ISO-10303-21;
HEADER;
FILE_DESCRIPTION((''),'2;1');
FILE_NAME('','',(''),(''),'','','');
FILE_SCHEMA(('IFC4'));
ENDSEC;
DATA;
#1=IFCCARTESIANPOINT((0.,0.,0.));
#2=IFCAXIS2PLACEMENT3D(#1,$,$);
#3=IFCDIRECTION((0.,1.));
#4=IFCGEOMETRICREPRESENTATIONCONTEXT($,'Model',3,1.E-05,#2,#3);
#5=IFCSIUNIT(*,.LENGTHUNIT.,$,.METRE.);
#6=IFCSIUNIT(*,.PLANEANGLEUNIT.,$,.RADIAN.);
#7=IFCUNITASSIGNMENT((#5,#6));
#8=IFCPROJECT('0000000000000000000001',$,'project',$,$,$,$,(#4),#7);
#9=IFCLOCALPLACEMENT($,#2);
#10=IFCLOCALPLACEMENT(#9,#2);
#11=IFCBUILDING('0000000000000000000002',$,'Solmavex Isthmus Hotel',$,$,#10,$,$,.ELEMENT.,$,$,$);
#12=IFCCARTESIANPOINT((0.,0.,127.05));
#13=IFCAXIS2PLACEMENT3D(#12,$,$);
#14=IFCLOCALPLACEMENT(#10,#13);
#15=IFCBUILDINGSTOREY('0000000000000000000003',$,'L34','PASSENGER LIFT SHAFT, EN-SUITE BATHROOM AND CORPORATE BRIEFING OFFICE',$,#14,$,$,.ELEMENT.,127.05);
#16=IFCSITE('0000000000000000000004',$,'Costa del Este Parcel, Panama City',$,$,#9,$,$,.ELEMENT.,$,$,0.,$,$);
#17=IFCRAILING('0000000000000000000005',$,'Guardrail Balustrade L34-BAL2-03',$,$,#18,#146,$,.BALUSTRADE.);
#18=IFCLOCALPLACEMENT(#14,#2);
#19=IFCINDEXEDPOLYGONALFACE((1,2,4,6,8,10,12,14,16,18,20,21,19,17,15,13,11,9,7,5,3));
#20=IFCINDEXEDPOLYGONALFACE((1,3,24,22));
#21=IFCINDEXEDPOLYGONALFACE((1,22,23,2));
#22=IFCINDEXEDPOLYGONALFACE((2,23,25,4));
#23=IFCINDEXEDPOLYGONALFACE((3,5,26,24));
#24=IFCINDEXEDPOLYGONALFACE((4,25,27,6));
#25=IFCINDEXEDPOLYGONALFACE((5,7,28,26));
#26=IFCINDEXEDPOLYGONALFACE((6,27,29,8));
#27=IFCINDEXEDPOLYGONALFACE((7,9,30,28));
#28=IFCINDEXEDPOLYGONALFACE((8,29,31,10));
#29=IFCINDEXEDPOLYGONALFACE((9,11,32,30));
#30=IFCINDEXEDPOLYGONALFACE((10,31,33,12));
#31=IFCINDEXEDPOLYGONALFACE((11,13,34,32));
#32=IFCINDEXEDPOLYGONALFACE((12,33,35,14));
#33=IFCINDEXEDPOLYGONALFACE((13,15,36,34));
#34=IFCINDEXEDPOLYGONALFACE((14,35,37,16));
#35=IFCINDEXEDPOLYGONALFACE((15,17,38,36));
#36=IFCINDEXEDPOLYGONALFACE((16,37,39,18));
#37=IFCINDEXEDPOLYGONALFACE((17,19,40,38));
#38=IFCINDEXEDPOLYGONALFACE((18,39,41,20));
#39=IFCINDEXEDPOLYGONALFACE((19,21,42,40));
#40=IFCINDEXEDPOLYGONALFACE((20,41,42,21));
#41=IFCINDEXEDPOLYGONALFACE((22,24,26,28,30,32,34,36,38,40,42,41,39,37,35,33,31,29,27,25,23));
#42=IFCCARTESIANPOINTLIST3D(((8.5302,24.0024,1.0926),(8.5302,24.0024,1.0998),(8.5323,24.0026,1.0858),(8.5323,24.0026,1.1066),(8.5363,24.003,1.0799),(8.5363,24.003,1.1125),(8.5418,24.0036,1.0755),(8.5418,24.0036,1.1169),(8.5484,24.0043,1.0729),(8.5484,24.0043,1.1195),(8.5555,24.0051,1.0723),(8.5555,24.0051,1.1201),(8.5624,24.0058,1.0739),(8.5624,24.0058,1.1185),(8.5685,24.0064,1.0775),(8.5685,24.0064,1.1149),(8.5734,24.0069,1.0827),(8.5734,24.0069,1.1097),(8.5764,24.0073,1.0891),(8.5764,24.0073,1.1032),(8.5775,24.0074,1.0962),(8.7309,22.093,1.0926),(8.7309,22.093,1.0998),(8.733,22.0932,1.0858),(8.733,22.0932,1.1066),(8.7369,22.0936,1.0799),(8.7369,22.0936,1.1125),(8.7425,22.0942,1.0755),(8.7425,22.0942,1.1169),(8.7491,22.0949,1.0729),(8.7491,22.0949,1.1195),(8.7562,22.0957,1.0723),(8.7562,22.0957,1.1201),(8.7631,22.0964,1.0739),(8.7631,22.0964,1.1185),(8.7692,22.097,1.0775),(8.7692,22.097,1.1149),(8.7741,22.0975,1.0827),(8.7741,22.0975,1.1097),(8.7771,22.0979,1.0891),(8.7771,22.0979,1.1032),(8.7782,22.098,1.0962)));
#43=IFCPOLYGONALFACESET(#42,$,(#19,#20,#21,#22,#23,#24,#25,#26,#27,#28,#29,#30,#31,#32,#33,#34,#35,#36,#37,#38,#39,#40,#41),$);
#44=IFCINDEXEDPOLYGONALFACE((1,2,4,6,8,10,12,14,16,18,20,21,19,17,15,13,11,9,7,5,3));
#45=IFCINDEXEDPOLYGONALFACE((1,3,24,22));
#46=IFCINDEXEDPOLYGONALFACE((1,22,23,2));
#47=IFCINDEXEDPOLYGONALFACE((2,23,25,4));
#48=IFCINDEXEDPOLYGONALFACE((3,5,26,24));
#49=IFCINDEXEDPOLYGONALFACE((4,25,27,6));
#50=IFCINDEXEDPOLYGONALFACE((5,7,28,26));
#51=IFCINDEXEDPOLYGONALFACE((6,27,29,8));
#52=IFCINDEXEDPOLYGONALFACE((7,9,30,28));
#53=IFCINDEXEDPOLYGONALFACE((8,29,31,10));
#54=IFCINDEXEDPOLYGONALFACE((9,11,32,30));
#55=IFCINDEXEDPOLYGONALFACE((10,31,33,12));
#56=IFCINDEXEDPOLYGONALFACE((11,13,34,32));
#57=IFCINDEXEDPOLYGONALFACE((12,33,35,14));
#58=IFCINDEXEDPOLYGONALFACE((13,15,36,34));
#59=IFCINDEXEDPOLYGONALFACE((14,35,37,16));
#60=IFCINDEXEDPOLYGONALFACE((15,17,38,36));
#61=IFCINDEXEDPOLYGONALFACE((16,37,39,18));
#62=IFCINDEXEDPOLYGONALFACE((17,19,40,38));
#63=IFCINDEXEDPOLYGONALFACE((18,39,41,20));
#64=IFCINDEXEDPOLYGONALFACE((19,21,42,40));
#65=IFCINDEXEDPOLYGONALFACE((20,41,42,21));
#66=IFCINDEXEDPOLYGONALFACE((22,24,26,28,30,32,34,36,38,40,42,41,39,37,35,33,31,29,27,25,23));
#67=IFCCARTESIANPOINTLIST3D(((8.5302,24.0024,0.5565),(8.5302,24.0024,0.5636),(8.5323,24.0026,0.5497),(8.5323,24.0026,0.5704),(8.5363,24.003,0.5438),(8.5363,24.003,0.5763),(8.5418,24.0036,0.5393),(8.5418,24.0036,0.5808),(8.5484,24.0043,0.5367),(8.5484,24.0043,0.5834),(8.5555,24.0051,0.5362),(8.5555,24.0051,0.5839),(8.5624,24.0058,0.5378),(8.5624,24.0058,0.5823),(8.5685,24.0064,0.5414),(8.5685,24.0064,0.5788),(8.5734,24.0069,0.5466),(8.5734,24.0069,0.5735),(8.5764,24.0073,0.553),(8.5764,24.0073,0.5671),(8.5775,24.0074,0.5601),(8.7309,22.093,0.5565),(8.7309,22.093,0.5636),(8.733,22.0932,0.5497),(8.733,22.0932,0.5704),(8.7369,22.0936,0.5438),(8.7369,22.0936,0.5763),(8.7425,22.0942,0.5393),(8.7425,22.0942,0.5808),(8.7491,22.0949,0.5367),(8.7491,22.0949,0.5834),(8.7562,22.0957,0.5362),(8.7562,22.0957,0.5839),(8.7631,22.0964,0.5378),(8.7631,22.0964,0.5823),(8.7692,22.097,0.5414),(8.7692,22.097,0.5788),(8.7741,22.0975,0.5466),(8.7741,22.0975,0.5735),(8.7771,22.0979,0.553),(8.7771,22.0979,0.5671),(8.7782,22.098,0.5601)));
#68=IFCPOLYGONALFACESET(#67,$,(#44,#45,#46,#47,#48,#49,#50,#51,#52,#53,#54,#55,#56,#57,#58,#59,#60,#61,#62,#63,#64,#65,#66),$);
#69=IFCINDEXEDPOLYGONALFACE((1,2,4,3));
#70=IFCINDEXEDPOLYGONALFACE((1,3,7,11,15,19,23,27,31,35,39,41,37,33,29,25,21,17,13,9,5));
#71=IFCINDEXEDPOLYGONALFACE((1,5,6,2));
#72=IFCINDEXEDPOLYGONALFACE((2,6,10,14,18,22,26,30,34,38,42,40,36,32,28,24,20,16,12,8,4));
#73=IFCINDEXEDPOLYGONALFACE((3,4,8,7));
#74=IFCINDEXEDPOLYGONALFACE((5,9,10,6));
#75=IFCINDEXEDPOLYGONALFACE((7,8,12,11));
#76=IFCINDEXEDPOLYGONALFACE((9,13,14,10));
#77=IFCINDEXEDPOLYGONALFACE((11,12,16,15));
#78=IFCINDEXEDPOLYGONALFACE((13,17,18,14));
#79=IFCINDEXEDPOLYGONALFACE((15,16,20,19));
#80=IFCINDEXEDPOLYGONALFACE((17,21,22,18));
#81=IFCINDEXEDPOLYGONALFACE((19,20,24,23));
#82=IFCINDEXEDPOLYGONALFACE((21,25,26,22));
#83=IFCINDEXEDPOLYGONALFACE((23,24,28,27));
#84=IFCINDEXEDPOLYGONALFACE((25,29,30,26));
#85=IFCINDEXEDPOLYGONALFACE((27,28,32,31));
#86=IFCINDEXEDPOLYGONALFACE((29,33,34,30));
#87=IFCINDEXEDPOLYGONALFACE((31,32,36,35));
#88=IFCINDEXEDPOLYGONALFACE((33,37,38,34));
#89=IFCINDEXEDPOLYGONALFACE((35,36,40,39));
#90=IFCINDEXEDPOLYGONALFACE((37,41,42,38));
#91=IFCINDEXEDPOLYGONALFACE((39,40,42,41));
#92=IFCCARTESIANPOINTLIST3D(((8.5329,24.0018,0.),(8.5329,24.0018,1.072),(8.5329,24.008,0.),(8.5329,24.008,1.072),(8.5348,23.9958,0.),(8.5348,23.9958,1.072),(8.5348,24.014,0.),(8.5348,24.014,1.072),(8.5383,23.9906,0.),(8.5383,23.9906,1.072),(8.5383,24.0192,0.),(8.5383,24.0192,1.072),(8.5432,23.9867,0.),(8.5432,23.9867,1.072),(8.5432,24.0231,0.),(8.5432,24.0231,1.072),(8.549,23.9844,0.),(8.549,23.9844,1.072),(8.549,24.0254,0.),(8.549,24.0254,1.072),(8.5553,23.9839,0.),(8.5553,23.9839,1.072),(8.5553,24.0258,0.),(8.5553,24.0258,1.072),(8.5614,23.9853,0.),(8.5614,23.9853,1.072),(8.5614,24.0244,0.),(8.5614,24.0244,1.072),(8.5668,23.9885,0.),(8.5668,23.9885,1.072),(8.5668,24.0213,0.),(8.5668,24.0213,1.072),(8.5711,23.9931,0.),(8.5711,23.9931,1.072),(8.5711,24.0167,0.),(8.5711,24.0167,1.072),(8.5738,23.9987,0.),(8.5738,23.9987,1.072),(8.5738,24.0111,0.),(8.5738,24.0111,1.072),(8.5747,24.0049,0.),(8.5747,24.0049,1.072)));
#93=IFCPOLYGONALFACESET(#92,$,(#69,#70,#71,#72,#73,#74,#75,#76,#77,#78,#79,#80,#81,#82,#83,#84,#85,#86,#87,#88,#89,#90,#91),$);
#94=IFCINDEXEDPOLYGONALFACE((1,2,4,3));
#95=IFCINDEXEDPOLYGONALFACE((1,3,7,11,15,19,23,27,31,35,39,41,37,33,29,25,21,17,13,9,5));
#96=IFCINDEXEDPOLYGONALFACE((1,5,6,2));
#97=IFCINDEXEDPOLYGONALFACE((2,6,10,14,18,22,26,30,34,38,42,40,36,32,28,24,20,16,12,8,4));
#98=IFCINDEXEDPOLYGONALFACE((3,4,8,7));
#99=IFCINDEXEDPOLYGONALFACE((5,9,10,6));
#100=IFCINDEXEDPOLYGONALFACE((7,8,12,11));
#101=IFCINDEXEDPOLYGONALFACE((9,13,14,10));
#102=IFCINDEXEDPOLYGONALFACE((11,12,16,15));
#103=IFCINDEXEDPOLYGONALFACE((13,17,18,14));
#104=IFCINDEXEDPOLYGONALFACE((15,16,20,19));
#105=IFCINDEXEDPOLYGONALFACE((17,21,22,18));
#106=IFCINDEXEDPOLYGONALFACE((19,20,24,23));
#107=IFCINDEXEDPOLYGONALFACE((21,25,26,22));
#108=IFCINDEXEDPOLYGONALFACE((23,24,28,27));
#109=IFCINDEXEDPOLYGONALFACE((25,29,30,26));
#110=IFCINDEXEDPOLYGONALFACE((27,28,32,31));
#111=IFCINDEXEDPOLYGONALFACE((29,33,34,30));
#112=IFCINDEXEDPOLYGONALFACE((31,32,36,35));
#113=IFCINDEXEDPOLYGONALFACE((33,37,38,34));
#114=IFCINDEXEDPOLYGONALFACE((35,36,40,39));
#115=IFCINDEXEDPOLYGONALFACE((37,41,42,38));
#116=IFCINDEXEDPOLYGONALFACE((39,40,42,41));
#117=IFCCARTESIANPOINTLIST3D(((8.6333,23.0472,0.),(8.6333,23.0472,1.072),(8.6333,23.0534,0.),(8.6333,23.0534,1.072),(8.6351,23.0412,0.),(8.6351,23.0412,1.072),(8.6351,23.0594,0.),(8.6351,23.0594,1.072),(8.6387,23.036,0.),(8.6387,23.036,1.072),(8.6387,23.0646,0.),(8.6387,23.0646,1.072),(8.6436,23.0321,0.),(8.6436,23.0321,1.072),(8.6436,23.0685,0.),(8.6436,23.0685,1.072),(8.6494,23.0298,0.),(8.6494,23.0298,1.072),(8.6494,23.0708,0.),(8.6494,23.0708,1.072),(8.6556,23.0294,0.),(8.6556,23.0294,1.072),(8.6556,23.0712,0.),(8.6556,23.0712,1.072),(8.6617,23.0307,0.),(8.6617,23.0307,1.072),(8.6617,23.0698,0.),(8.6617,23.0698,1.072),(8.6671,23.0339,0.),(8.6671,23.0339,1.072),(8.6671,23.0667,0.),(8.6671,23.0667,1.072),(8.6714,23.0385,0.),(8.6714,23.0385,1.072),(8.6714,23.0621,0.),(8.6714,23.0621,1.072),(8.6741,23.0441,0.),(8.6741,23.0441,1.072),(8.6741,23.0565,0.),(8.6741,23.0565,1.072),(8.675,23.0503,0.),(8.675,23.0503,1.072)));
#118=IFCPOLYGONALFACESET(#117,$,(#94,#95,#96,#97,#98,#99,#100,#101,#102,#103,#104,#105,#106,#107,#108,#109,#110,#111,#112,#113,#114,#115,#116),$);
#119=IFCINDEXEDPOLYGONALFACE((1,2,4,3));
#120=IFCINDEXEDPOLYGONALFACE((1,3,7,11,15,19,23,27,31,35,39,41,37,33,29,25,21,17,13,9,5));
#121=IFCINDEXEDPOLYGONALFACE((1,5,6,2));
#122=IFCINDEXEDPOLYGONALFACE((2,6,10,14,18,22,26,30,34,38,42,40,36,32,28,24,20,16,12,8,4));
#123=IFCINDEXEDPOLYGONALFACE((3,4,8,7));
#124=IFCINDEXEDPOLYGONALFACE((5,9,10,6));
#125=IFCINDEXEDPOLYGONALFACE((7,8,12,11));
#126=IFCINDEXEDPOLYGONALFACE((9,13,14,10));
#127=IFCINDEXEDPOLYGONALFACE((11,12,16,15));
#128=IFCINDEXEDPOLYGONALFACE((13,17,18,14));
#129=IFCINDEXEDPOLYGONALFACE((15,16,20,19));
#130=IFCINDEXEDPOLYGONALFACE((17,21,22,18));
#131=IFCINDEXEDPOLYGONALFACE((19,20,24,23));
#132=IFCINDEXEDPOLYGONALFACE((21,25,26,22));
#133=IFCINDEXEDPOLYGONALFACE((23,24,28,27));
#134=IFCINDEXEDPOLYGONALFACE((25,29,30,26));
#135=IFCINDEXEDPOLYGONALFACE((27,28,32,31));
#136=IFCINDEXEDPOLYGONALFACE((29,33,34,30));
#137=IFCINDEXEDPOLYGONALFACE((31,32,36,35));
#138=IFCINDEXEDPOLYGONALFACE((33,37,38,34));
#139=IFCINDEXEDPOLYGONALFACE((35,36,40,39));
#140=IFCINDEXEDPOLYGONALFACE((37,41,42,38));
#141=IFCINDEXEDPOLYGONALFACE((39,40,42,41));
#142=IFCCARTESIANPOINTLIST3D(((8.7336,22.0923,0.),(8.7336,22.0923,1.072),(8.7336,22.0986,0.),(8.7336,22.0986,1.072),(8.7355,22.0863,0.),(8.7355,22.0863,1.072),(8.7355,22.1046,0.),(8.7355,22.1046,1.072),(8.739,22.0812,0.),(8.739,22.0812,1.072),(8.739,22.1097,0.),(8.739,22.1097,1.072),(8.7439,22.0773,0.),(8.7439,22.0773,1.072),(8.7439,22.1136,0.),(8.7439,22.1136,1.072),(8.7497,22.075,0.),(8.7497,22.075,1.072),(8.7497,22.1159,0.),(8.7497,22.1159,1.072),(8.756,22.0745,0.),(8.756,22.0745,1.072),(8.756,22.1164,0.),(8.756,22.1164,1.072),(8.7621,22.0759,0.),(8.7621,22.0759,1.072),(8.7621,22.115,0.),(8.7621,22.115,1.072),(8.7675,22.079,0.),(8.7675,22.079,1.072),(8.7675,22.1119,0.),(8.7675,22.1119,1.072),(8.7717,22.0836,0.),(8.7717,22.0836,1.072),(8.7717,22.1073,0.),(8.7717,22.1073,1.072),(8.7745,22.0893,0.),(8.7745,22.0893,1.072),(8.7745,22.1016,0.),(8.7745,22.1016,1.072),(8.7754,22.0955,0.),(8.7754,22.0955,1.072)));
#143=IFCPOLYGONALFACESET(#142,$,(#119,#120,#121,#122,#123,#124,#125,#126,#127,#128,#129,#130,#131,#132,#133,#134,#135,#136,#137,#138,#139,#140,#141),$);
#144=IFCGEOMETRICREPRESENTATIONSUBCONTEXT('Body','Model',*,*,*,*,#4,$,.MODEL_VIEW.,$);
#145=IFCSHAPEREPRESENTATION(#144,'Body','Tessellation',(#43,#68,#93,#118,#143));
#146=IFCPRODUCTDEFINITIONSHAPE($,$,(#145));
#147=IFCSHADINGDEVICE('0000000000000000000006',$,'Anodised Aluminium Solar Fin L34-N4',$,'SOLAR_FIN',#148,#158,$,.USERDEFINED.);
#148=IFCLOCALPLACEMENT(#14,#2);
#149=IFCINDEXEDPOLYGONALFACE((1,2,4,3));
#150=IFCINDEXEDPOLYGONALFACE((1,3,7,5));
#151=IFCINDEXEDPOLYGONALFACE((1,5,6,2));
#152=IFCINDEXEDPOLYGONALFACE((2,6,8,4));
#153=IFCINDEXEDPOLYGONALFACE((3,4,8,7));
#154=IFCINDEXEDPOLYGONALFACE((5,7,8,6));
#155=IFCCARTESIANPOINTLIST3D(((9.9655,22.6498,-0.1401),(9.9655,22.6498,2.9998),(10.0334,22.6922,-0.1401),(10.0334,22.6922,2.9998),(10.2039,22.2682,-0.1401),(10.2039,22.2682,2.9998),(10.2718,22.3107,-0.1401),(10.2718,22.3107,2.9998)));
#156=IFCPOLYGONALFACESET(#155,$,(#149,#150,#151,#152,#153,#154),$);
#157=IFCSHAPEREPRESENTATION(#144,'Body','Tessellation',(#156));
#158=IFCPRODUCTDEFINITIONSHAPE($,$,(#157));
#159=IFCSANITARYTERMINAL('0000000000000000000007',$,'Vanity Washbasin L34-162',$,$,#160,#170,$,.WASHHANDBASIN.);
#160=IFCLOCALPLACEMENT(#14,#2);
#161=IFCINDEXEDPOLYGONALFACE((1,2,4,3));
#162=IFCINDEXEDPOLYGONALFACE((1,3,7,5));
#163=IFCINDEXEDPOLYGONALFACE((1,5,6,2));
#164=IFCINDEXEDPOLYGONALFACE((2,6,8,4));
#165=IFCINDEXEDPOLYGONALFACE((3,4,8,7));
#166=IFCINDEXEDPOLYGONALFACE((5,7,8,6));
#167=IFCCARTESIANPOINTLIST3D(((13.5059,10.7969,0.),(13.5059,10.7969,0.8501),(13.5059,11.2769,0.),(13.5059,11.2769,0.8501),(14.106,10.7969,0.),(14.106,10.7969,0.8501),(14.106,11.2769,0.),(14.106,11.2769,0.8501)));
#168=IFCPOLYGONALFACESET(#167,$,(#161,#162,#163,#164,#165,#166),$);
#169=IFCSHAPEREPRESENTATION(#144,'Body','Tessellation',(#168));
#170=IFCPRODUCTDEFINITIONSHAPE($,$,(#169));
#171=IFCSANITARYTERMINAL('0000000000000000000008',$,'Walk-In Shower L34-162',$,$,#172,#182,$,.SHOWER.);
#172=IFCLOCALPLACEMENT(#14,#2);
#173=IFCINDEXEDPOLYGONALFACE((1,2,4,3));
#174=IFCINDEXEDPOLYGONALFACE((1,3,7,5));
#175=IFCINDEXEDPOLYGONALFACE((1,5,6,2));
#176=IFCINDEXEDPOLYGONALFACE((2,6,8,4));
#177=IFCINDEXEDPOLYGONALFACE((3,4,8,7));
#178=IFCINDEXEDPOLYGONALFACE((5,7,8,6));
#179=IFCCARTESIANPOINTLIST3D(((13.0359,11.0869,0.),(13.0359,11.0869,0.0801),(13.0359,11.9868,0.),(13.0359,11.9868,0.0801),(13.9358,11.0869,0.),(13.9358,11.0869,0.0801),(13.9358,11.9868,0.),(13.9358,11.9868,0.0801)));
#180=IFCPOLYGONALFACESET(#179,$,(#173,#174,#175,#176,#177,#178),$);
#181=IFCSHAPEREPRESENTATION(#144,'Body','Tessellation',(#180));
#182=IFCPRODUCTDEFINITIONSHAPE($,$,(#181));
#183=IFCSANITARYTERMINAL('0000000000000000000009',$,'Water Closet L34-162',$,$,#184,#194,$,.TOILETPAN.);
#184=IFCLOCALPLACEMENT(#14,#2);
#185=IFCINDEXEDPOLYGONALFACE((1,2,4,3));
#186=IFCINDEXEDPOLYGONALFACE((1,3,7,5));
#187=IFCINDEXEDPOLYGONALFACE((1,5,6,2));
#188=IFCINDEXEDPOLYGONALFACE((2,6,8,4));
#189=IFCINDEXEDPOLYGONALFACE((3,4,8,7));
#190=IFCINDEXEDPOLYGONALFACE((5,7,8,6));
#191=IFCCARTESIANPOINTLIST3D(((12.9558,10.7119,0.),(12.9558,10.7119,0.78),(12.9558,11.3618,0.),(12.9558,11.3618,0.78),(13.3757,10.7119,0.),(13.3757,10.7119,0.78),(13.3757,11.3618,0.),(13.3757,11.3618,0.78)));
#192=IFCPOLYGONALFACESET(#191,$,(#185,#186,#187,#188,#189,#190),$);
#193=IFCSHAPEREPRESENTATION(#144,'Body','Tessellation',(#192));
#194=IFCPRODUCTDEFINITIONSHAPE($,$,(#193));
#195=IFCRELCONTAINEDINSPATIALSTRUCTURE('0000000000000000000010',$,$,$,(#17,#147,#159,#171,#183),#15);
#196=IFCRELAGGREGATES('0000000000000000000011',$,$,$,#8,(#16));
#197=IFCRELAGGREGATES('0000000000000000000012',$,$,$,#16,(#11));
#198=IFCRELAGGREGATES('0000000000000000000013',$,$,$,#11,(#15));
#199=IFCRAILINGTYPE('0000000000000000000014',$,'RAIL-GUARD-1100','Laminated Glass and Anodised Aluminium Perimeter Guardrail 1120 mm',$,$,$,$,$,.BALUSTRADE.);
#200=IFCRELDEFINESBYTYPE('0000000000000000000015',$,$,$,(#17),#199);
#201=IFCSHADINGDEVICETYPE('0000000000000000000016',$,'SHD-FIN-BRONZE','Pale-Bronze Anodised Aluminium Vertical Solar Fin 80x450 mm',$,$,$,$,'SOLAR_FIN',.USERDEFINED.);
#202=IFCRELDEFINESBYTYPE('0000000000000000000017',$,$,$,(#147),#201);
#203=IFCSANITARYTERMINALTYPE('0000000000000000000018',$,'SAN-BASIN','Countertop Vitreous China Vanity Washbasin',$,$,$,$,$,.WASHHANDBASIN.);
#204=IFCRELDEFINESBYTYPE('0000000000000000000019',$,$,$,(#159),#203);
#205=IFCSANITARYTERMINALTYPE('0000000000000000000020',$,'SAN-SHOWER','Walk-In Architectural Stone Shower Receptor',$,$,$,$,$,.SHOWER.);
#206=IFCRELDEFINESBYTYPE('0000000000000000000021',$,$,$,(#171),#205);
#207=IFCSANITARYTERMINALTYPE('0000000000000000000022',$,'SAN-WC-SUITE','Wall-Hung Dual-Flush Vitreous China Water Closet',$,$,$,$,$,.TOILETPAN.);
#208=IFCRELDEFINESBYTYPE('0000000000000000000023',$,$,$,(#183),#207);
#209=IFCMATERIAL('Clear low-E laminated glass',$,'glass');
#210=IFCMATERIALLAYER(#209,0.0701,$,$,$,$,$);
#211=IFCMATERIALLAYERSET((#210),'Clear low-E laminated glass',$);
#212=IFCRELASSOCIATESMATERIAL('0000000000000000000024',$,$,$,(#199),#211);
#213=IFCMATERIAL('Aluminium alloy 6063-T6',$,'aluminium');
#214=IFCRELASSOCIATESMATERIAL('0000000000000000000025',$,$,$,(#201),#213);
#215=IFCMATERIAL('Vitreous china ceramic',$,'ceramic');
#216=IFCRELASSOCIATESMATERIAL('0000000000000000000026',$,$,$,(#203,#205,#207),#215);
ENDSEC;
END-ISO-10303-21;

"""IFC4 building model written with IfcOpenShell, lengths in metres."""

from ifc_helpers import new_model, si_unit, direction, frame, origin, origin_2d, place, context, subcontext, project, spatial, rectangle, circle, extrude, material, layer, layer_set, type_object, element, save


model = new_model("IFC4")

# Units and contexts
model_context = context("Model", 3, precision=1e-05, world=origin(), true_north=direction((0.0, 1.0)))
body_context = subcontext(model_context, "Body", "Model", "MODEL_VIEW")
ifc_project = project(units=[si_unit("LENGTHUNIT", "METRE"), si_unit("PLANEANGLEUNIT", "RADIAN")], contexts=[model_context])

# Site, building, storey
site_placement = place(None, origin())
site = spatial("IfcSite", under=ifc_project, at=site_placement, Name="Costa del Este Parcel, Panama City", CompositionType="ELEMENT", RefElevation=0.0)
building_placement = place(site_placement, origin())
building = spatial("IfcBuilding", under=site, at=building_placement, Name="Solmavex Isthmus Hotel", CompositionType="ELEMENT")
storey_placement = place(building_placement, frame((0.0, 0.0, 127.05)))
storey = spatial("IfcBuildingStorey", under=building, at=storey_placement, Name="L34", Description="PASSENGER LIFT SHAFT, EN-SUITE BATHROOM AND CORPORATE BRIEFING OFFICE", CompositionType="ELEMENT", Elevation=127.05)

# Shared definitions
ifc_material_1 = material(Name="Aluminium alloy 6063-T6", Category="aluminium")
ifc_material_2 = material(Name="Clear low-E laminated glass", Category="glass")

# Railing
ifc_layer_1 = layer(ifc_material_2, 0.0701)
ifc_layer_set_1 = layer_set([ifc_layer_1], Name="Clear low-E laminated glass")
railing_type = type_object("IfcRailingType", Name="RAIL-GUARD-1100", Description="Laminated Glass and Anodised Aluminium Perimeter Guardrail 1120 mm", PredefinedType="BALUSTRADE", material=ifc_layer_set_1)
railing_placement = place(storey_placement, frame((8.5537, 24.0049, 0.0)))
element("IfcRailing", 1, at=railing_placement, inside=storey, type_object=railing_type, Name="Guardrail Balustrade L34-BAL2-03", PredefinedType="BALUSTRADE", context=body_context, shape_type="SweptSolid", body=[
    extrude(circle(Radius=0.0239, at=origin_2d()), frame((0.0, 0.0, 1.0962), z_axis=(0.104526, -0.994522, 0.0), x_axis=(0.994522, 0.104526, 0.0)), (0.0, 0.0, 1.0), 1.9199),
    extrude(circle(Radius=0.0239, at=origin_2d()), frame((0.0, 0.0, 0.5601), z_axis=(0.104526, -0.994522, 0.0), x_axis=(0.994522, 0.104526, 0.0)), (0.0, 0.0, 1.0), 1.9199),
    extrude(circle(Radius=0.021, at=origin_2d()), origin(), (0.0, 0.0, 1.0), 1.072),
    extrude(circle(Radius=0.021, at=origin_2d()), frame((0.1003, -0.9546, 0.0)), (0.0, 0.0, 1.0), 1.072),
    extrude(circle(Radius=0.021, at=origin_2d()), frame((0.2007, -1.9094, 0.0)), (0.0, 0.0, 1.0), 1.072),
])

# Shading device
shading_device_type = type_object("IfcShadingDeviceType", Name="SHD-FIN-BRONZE", Description="Pale-Bronze Anodised Aluminium Vertical Solar Fin 80x450 mm", ElementType="SOLAR_FIN", PredefinedType="USERDEFINED", material=ifc_material_1)
shading_device_placement = place(storey_placement, frame((10.1187, 22.4802, -0.1401), z_axis=(0.0, 0.0, 1.0), x_axis=(-0.529919, 0.848048, 0.0)))
element("IfcShadingDevice", 2, at=shading_device_placement, inside=storey, type_object=shading_device_type, Name="Anodised Aluminium Solar Fin L34-N4", ObjectType="SOLAR_FIN", PredefinedType="USERDEFINED", context=body_context, shape_type="SweptSolid", body=[
    extrude(rectangle(XDim=0.45, YDim=0.0801, at=origin_2d()), origin(), (0.0, 0.0, 1.0), 3.1399),
])

# Sanitary terminals
ifc_material_3 = material(Name="Vitreous china ceramic", Category="ceramic")
sanitary_terminal_type_1 = type_object("IfcSanitaryTerminalType", Name="SAN-BASIN", Description="Countertop Vitreous China Vanity Washbasin", PredefinedType="WASHHANDBASIN", material=ifc_material_3)
sanitary_terminal_1_placement = place(storey_placement, frame((13.8059, 11.0369, 0.0), z_axis=(0.0, 0.0, 1.0), x_axis=(1.0, 0.0, 0.0)))
element("IfcSanitaryTerminal", 3, at=sanitary_terminal_1_placement, inside=storey, type_object=sanitary_terminal_type_1, Name="Vanity Washbasin L34-162", PredefinedType="WASHHANDBASIN", context=body_context, shape_type="SweptSolid", body=[
    extrude(rectangle(XDim=0.6001, YDim=0.48, at=origin_2d()), origin(), (0.0, 0.0, 1.0), 0.8501),
])
sanitary_terminal_type_2 = type_object("IfcSanitaryTerminalType", Name="SAN-SHOWER", Description="Walk-In Architectural Stone Shower Receptor", PredefinedType="SHOWER", material=ifc_material_3)
sanitary_terminal_2_placement = place(storey_placement, frame((13.4858, 11.5369, 0.0), z_axis=(0.0, 0.0, 1.0), x_axis=(1.0, 0.0, 0.0)))
element("IfcSanitaryTerminal", 4, at=sanitary_terminal_2_placement, inside=storey, type_object=sanitary_terminal_type_2, Name="Walk-In Shower L34-162", PredefinedType="SHOWER", context=body_context, shape_type="SweptSolid", body=[
    extrude(rectangle(XDim=0.8999, YDim=0.8999, at=origin_2d()), origin(), (0.0, 0.0, 1.0), 0.0801),
])
sanitary_terminal_type_3 = type_object("IfcSanitaryTerminalType", Name="SAN-WC-SUITE", Description="Wall-Hung Dual-Flush Vitreous China Water Closet", PredefinedType="TOILETPAN", material=ifc_material_3)
sanitary_terminal_3_placement = place(storey_placement, frame((13.1658, 11.0369, 0.0), z_axis=(0.0, 0.0, 1.0), x_axis=(1.0, 0.0, 0.0)))
element("IfcSanitaryTerminal", 5, at=sanitary_terminal_3_placement, inside=storey, type_object=sanitary_terminal_type_3, Name="Water Closet L34-162", PredefinedType="TOILETPAN", context=body_context, shape_type="SweptSolid", body=[
    extrude(rectangle(XDim=0.4199, YDim=0.6499, at=origin_2d()), origin(), (0.0, 0.0, 1.0), 0.78),
])

save(model, "model.ifc")
